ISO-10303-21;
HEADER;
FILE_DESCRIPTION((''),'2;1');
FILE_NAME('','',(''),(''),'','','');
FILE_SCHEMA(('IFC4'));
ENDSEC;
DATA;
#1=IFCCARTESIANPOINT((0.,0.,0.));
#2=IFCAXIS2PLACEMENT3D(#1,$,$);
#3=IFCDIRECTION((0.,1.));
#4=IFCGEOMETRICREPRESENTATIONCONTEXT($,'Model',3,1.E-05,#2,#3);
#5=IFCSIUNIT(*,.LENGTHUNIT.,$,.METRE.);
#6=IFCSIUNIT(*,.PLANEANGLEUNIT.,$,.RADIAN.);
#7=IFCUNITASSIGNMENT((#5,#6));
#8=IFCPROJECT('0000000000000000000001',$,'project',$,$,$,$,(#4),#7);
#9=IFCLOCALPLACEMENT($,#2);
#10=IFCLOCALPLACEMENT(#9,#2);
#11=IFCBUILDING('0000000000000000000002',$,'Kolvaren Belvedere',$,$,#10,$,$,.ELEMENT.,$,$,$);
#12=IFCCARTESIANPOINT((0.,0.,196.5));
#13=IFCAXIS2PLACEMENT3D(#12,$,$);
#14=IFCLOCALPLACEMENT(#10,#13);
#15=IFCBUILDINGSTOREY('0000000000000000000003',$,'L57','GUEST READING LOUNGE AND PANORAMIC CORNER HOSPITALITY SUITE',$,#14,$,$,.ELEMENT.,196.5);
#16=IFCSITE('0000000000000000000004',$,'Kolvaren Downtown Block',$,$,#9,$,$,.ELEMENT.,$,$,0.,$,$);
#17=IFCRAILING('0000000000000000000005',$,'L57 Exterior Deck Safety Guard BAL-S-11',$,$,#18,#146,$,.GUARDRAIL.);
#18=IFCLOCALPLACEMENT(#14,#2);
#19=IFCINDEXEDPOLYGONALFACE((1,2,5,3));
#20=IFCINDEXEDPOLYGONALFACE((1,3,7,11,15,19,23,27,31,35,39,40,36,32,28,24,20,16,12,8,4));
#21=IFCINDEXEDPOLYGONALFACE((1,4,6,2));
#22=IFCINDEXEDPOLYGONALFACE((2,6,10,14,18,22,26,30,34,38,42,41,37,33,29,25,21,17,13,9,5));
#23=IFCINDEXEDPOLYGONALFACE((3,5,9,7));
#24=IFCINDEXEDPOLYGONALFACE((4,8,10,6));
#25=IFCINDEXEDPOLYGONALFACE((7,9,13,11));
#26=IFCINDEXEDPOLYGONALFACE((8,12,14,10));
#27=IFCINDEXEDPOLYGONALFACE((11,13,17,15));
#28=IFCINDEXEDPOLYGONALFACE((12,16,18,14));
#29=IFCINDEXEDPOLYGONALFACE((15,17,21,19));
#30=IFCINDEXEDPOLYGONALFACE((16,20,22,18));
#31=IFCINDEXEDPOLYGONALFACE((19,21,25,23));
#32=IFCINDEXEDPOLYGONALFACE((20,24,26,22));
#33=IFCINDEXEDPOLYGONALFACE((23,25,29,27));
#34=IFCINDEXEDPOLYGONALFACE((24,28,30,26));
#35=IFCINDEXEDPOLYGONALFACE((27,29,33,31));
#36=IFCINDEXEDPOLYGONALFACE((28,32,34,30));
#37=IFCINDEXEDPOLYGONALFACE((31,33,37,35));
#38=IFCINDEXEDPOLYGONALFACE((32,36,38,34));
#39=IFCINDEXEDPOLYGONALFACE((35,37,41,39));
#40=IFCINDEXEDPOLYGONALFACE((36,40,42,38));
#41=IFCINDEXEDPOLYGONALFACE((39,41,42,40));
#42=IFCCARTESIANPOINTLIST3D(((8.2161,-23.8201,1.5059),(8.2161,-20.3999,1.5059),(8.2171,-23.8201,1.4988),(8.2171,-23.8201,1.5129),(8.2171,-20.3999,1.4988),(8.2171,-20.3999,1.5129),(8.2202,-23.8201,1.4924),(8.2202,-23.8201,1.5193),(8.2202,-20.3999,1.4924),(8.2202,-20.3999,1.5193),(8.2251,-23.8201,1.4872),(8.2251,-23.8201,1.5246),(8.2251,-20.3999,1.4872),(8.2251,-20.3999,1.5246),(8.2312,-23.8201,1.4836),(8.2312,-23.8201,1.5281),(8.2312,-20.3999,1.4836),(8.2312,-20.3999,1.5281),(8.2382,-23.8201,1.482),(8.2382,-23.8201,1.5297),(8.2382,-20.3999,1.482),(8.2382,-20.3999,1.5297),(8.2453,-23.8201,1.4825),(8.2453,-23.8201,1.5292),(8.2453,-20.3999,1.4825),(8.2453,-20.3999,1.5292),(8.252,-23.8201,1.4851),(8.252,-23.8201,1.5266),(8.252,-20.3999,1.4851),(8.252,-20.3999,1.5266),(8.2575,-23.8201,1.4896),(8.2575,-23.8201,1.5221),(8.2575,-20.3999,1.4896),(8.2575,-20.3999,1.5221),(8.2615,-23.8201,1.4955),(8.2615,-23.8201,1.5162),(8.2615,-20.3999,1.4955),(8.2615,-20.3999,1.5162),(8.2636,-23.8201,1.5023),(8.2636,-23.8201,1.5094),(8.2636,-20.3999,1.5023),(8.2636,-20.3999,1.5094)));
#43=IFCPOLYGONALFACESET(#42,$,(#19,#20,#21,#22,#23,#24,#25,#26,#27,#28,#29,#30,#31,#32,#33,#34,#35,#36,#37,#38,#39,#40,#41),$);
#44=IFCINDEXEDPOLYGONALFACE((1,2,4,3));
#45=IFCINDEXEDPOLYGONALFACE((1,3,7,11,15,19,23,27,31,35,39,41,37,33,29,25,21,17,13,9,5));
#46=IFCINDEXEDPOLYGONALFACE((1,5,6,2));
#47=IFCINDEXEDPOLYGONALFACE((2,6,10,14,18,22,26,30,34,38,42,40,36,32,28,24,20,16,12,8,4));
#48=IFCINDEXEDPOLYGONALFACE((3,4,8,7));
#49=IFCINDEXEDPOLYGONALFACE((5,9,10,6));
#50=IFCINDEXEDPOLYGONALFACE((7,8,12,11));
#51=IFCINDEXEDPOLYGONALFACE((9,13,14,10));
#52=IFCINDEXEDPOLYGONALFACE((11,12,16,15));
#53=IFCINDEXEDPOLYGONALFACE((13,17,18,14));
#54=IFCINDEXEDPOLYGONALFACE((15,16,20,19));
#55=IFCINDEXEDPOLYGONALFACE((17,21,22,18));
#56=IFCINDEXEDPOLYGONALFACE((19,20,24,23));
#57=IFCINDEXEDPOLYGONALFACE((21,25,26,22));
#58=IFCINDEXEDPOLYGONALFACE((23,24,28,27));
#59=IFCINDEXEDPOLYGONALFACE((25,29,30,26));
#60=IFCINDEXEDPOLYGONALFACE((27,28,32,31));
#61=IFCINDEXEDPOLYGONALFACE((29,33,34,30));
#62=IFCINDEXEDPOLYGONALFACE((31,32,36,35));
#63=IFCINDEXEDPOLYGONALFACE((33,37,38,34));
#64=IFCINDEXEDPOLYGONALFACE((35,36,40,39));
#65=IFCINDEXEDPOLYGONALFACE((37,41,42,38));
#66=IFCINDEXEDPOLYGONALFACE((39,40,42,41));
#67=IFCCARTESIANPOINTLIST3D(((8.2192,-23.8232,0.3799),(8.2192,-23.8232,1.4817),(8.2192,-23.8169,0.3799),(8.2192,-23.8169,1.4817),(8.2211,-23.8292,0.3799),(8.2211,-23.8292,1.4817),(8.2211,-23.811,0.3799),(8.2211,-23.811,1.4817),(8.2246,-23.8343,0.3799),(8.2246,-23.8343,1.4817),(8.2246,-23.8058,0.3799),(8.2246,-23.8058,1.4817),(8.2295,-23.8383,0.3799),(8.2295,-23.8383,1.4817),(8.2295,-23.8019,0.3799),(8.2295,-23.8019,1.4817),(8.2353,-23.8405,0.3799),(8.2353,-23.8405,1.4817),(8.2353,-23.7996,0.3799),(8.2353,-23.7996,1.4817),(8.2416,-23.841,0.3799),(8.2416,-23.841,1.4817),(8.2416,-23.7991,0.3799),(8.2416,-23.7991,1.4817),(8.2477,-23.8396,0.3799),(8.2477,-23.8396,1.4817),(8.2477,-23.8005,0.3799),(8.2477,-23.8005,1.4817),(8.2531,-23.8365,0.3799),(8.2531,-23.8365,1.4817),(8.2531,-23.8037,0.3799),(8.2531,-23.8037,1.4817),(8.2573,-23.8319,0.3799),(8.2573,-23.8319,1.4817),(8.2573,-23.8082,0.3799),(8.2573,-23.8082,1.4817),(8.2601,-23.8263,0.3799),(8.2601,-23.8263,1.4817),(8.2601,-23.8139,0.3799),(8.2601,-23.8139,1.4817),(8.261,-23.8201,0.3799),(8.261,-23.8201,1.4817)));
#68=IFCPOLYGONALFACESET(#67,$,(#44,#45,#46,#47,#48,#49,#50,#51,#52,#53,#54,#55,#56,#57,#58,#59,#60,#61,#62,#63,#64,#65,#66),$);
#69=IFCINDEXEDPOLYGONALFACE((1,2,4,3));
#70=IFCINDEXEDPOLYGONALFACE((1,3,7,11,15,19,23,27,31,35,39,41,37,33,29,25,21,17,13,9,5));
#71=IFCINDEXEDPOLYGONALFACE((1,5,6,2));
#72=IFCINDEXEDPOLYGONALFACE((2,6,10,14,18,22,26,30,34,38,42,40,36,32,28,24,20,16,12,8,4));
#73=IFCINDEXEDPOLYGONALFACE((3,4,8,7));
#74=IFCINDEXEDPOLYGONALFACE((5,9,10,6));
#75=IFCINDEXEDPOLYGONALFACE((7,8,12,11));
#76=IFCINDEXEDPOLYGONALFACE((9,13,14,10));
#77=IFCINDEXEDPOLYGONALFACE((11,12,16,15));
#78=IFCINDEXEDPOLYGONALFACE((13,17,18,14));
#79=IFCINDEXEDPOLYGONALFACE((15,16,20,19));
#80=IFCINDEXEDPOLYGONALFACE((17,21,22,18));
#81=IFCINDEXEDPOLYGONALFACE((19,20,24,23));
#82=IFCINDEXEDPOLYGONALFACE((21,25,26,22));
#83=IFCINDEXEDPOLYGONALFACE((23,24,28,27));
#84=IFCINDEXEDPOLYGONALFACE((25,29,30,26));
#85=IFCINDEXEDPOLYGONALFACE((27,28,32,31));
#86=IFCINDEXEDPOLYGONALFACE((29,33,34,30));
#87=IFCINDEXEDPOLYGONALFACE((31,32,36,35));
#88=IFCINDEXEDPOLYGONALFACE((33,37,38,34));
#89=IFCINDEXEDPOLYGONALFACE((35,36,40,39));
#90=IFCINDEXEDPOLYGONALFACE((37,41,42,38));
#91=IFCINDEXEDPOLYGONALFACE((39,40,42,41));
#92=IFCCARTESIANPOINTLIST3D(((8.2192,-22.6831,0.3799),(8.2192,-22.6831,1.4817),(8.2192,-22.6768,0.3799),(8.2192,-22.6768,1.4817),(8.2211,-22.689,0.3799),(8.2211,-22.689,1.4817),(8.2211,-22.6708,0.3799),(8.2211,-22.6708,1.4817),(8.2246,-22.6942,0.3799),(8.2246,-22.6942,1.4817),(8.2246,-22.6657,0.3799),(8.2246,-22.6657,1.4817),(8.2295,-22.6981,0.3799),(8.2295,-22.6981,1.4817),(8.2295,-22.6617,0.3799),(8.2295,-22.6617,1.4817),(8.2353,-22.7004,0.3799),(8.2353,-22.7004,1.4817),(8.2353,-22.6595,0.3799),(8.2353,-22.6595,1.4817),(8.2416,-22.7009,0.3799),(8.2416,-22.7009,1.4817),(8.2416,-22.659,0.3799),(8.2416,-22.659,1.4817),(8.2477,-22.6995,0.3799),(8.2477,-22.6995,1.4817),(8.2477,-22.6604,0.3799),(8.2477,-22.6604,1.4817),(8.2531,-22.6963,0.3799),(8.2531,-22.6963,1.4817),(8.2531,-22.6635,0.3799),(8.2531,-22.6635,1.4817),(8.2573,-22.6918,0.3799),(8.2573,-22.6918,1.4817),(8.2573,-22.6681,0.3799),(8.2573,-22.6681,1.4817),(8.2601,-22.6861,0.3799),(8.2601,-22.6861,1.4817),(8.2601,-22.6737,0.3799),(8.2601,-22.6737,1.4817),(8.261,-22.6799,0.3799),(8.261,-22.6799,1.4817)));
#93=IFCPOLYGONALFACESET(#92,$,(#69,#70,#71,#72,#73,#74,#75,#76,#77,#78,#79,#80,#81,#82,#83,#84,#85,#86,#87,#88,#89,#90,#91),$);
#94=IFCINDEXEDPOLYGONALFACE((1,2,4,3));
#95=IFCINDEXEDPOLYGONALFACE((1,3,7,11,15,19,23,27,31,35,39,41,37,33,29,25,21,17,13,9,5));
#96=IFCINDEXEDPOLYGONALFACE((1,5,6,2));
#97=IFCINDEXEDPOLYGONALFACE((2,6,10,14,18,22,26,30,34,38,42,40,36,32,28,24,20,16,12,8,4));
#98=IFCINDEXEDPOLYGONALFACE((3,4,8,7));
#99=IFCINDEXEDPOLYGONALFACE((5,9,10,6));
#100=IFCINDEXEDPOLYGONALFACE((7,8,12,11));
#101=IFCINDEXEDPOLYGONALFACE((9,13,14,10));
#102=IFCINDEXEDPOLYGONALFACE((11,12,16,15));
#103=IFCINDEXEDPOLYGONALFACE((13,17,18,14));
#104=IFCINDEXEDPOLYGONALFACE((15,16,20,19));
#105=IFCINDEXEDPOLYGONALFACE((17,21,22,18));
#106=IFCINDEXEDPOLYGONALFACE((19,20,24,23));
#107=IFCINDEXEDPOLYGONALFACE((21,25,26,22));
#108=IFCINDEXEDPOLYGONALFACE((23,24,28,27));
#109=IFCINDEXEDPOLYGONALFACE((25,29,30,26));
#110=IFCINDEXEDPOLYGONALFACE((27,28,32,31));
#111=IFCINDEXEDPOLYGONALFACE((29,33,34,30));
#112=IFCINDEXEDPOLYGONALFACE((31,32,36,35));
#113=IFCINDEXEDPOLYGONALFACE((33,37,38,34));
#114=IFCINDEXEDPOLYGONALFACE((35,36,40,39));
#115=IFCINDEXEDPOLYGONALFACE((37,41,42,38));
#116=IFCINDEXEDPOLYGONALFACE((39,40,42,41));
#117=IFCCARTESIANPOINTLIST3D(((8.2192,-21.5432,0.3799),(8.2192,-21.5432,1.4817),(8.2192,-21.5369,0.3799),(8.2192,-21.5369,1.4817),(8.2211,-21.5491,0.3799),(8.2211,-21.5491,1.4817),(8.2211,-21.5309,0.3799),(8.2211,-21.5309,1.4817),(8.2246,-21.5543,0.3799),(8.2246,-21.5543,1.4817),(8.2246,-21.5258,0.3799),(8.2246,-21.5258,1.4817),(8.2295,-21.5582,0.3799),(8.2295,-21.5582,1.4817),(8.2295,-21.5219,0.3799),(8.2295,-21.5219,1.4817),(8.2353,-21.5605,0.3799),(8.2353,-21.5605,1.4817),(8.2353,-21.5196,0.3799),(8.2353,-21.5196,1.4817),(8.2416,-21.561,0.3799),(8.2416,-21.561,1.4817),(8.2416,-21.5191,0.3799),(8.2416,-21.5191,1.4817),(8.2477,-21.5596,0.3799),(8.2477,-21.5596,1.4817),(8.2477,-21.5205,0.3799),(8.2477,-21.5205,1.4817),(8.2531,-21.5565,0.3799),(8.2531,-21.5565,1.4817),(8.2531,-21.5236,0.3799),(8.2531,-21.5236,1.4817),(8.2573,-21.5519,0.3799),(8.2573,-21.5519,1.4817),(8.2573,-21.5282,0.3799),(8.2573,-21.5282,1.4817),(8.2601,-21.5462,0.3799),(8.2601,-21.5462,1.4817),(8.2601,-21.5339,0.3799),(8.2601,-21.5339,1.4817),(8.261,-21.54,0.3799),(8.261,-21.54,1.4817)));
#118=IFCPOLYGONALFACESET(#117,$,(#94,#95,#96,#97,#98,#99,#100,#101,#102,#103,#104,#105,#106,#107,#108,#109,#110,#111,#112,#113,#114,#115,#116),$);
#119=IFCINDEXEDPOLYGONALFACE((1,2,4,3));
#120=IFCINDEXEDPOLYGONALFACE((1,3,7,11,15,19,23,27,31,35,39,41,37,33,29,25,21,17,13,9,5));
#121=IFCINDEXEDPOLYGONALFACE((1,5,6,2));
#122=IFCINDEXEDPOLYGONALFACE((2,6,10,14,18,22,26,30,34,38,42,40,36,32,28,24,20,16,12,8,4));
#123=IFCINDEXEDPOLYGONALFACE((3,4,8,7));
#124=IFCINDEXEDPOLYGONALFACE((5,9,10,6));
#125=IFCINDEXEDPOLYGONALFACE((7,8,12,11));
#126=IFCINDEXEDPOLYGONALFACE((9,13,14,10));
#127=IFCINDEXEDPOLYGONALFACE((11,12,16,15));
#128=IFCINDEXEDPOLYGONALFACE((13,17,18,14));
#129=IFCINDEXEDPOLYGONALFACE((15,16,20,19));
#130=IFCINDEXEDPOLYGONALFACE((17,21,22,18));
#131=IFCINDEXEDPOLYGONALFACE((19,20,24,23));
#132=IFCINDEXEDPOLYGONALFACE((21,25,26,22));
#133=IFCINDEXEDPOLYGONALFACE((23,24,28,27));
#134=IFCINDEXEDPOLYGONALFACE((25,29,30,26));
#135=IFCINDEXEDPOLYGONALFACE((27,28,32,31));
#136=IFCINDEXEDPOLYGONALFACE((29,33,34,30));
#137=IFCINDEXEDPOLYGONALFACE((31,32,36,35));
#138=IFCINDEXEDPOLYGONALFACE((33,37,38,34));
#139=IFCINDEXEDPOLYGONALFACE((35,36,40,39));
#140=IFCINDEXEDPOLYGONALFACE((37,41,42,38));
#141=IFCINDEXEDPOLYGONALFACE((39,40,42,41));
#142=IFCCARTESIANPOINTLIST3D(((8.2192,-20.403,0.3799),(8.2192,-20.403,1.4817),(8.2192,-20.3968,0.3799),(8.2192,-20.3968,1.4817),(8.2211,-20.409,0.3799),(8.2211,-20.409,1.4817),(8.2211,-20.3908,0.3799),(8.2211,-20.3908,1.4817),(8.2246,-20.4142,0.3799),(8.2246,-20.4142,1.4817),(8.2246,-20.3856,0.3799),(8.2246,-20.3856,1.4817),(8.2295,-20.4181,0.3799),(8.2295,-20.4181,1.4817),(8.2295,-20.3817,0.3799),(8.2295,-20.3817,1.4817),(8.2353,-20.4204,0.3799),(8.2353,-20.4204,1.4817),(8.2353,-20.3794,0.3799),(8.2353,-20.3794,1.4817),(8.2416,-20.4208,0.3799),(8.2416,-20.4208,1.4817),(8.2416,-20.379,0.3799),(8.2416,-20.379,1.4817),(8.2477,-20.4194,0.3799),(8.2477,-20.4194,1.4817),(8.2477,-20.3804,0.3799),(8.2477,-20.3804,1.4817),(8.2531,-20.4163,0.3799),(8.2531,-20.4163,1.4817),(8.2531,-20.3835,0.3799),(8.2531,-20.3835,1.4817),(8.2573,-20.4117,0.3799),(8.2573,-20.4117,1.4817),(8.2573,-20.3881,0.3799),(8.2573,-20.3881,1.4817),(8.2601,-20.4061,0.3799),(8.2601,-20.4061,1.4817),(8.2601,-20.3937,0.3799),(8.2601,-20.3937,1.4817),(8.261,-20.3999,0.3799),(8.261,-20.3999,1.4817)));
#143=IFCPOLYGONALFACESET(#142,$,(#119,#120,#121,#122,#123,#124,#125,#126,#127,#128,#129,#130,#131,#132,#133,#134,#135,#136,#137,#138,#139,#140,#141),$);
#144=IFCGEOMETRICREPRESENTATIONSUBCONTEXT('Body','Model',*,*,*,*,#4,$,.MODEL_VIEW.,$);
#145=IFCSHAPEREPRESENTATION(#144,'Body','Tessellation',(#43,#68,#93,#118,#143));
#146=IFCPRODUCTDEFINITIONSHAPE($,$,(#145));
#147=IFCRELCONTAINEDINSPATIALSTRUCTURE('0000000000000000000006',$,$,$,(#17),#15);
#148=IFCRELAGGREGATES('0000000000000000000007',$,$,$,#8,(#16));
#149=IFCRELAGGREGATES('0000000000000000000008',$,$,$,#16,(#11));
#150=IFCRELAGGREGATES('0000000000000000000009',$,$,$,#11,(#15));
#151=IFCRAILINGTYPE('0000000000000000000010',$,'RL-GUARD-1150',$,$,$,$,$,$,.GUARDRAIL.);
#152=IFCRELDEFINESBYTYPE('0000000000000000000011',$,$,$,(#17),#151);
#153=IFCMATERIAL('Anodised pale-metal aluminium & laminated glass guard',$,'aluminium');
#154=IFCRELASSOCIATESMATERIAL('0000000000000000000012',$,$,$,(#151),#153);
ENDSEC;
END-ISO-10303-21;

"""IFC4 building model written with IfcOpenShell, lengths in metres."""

from ifc_helpers import new_model, si_unit, direction, frame, origin, origin_2d, place, context, subcontext, project, spatial, circle, extrude, material, type_object, element, save


model = new_model("IFC4")

# Units and contexts
model_context = context("Model", 3, precision=1e-05, world=origin(), true_north=direction((0.0, 1.0)))
body_context = subcontext(model_context, "Body", "Model", "MODEL_VIEW")
ifc_project = project(units=[si_unit("LENGTHUNIT", "METRE"), si_unit("PLANEANGLEUNIT", "RADIAN")], contexts=[model_context])

# Site, building, storey
site_placement = place(None, origin())
site = spatial("IfcSite", under=ifc_project, at=site_placement, Name="Kolvaren Downtown Block", CompositionType="ELEMENT", RefElevation=0.0)
building_placement = place(site_placement, origin())
building = spatial("IfcBuilding", under=site, at=building_placement, Name="Kolvaren Belvedere", CompositionType="ELEMENT")
storey_placement = place(building_placement, frame((0.0, 0.0, 196.5)))
storey = spatial("IfcBuildingStorey", under=building, at=storey_placement, Name="L57", Description="GUEST READING LOUNGE AND PANORAMIC CORNER HOSPITALITY SUITE", CompositionType="ELEMENT", Elevation=196.5)

# Railing
ifc_material_1 = material(Name="Anodised pale-metal aluminium & laminated glass guard", Category="aluminium")
railing_type = type_object("IfcRailingType", Name="RL-GUARD-1150", PredefinedType="GUARDRAIL", material=ifc_material_1)
railing_placement = place(storey_placement, frame((8.24, -23.8201, 0.3799)))
element("IfcRailing", 1, at=railing_placement, inside=storey, type_object=railing_type, Name="L57 Exterior Deck Safety Guard BAL-S-11", PredefinedType="GUARDRAIL", context=body_context, shape_type="SweptSolid", body=[
    extrude(circle(Radius=0.0239, at=origin_2d()), frame((0.0, 0.0, 1.126), z_axis=(0.0, 1.0, 0.0), x_axis=(-1.0, 0.0, 0.0)), (0.0, 0.0, 1.0), 3.4202),
    extrude(circle(Radius=0.021, at=origin_2d()), origin(), (0.0, 0.0, 1.0), 1.1018),
    extrude(circle(Radius=0.021, at=origin_2d()), frame((0.0, 1.1401, 0.0)), (0.0, 0.0, 1.0), 1.1018),
    extrude(circle(Radius=0.021, at=origin_2d()), frame((0.0, 2.28, 0.0)), (0.0, 0.0, 1.0), 1.1018),
    extrude(circle(Radius=0.021, at=origin_2d()), frame((0.0, 3.4202, 0.0)), (0.0, 0.0, 1.0), 1.1018),
])

save(model, "model.ifc")
